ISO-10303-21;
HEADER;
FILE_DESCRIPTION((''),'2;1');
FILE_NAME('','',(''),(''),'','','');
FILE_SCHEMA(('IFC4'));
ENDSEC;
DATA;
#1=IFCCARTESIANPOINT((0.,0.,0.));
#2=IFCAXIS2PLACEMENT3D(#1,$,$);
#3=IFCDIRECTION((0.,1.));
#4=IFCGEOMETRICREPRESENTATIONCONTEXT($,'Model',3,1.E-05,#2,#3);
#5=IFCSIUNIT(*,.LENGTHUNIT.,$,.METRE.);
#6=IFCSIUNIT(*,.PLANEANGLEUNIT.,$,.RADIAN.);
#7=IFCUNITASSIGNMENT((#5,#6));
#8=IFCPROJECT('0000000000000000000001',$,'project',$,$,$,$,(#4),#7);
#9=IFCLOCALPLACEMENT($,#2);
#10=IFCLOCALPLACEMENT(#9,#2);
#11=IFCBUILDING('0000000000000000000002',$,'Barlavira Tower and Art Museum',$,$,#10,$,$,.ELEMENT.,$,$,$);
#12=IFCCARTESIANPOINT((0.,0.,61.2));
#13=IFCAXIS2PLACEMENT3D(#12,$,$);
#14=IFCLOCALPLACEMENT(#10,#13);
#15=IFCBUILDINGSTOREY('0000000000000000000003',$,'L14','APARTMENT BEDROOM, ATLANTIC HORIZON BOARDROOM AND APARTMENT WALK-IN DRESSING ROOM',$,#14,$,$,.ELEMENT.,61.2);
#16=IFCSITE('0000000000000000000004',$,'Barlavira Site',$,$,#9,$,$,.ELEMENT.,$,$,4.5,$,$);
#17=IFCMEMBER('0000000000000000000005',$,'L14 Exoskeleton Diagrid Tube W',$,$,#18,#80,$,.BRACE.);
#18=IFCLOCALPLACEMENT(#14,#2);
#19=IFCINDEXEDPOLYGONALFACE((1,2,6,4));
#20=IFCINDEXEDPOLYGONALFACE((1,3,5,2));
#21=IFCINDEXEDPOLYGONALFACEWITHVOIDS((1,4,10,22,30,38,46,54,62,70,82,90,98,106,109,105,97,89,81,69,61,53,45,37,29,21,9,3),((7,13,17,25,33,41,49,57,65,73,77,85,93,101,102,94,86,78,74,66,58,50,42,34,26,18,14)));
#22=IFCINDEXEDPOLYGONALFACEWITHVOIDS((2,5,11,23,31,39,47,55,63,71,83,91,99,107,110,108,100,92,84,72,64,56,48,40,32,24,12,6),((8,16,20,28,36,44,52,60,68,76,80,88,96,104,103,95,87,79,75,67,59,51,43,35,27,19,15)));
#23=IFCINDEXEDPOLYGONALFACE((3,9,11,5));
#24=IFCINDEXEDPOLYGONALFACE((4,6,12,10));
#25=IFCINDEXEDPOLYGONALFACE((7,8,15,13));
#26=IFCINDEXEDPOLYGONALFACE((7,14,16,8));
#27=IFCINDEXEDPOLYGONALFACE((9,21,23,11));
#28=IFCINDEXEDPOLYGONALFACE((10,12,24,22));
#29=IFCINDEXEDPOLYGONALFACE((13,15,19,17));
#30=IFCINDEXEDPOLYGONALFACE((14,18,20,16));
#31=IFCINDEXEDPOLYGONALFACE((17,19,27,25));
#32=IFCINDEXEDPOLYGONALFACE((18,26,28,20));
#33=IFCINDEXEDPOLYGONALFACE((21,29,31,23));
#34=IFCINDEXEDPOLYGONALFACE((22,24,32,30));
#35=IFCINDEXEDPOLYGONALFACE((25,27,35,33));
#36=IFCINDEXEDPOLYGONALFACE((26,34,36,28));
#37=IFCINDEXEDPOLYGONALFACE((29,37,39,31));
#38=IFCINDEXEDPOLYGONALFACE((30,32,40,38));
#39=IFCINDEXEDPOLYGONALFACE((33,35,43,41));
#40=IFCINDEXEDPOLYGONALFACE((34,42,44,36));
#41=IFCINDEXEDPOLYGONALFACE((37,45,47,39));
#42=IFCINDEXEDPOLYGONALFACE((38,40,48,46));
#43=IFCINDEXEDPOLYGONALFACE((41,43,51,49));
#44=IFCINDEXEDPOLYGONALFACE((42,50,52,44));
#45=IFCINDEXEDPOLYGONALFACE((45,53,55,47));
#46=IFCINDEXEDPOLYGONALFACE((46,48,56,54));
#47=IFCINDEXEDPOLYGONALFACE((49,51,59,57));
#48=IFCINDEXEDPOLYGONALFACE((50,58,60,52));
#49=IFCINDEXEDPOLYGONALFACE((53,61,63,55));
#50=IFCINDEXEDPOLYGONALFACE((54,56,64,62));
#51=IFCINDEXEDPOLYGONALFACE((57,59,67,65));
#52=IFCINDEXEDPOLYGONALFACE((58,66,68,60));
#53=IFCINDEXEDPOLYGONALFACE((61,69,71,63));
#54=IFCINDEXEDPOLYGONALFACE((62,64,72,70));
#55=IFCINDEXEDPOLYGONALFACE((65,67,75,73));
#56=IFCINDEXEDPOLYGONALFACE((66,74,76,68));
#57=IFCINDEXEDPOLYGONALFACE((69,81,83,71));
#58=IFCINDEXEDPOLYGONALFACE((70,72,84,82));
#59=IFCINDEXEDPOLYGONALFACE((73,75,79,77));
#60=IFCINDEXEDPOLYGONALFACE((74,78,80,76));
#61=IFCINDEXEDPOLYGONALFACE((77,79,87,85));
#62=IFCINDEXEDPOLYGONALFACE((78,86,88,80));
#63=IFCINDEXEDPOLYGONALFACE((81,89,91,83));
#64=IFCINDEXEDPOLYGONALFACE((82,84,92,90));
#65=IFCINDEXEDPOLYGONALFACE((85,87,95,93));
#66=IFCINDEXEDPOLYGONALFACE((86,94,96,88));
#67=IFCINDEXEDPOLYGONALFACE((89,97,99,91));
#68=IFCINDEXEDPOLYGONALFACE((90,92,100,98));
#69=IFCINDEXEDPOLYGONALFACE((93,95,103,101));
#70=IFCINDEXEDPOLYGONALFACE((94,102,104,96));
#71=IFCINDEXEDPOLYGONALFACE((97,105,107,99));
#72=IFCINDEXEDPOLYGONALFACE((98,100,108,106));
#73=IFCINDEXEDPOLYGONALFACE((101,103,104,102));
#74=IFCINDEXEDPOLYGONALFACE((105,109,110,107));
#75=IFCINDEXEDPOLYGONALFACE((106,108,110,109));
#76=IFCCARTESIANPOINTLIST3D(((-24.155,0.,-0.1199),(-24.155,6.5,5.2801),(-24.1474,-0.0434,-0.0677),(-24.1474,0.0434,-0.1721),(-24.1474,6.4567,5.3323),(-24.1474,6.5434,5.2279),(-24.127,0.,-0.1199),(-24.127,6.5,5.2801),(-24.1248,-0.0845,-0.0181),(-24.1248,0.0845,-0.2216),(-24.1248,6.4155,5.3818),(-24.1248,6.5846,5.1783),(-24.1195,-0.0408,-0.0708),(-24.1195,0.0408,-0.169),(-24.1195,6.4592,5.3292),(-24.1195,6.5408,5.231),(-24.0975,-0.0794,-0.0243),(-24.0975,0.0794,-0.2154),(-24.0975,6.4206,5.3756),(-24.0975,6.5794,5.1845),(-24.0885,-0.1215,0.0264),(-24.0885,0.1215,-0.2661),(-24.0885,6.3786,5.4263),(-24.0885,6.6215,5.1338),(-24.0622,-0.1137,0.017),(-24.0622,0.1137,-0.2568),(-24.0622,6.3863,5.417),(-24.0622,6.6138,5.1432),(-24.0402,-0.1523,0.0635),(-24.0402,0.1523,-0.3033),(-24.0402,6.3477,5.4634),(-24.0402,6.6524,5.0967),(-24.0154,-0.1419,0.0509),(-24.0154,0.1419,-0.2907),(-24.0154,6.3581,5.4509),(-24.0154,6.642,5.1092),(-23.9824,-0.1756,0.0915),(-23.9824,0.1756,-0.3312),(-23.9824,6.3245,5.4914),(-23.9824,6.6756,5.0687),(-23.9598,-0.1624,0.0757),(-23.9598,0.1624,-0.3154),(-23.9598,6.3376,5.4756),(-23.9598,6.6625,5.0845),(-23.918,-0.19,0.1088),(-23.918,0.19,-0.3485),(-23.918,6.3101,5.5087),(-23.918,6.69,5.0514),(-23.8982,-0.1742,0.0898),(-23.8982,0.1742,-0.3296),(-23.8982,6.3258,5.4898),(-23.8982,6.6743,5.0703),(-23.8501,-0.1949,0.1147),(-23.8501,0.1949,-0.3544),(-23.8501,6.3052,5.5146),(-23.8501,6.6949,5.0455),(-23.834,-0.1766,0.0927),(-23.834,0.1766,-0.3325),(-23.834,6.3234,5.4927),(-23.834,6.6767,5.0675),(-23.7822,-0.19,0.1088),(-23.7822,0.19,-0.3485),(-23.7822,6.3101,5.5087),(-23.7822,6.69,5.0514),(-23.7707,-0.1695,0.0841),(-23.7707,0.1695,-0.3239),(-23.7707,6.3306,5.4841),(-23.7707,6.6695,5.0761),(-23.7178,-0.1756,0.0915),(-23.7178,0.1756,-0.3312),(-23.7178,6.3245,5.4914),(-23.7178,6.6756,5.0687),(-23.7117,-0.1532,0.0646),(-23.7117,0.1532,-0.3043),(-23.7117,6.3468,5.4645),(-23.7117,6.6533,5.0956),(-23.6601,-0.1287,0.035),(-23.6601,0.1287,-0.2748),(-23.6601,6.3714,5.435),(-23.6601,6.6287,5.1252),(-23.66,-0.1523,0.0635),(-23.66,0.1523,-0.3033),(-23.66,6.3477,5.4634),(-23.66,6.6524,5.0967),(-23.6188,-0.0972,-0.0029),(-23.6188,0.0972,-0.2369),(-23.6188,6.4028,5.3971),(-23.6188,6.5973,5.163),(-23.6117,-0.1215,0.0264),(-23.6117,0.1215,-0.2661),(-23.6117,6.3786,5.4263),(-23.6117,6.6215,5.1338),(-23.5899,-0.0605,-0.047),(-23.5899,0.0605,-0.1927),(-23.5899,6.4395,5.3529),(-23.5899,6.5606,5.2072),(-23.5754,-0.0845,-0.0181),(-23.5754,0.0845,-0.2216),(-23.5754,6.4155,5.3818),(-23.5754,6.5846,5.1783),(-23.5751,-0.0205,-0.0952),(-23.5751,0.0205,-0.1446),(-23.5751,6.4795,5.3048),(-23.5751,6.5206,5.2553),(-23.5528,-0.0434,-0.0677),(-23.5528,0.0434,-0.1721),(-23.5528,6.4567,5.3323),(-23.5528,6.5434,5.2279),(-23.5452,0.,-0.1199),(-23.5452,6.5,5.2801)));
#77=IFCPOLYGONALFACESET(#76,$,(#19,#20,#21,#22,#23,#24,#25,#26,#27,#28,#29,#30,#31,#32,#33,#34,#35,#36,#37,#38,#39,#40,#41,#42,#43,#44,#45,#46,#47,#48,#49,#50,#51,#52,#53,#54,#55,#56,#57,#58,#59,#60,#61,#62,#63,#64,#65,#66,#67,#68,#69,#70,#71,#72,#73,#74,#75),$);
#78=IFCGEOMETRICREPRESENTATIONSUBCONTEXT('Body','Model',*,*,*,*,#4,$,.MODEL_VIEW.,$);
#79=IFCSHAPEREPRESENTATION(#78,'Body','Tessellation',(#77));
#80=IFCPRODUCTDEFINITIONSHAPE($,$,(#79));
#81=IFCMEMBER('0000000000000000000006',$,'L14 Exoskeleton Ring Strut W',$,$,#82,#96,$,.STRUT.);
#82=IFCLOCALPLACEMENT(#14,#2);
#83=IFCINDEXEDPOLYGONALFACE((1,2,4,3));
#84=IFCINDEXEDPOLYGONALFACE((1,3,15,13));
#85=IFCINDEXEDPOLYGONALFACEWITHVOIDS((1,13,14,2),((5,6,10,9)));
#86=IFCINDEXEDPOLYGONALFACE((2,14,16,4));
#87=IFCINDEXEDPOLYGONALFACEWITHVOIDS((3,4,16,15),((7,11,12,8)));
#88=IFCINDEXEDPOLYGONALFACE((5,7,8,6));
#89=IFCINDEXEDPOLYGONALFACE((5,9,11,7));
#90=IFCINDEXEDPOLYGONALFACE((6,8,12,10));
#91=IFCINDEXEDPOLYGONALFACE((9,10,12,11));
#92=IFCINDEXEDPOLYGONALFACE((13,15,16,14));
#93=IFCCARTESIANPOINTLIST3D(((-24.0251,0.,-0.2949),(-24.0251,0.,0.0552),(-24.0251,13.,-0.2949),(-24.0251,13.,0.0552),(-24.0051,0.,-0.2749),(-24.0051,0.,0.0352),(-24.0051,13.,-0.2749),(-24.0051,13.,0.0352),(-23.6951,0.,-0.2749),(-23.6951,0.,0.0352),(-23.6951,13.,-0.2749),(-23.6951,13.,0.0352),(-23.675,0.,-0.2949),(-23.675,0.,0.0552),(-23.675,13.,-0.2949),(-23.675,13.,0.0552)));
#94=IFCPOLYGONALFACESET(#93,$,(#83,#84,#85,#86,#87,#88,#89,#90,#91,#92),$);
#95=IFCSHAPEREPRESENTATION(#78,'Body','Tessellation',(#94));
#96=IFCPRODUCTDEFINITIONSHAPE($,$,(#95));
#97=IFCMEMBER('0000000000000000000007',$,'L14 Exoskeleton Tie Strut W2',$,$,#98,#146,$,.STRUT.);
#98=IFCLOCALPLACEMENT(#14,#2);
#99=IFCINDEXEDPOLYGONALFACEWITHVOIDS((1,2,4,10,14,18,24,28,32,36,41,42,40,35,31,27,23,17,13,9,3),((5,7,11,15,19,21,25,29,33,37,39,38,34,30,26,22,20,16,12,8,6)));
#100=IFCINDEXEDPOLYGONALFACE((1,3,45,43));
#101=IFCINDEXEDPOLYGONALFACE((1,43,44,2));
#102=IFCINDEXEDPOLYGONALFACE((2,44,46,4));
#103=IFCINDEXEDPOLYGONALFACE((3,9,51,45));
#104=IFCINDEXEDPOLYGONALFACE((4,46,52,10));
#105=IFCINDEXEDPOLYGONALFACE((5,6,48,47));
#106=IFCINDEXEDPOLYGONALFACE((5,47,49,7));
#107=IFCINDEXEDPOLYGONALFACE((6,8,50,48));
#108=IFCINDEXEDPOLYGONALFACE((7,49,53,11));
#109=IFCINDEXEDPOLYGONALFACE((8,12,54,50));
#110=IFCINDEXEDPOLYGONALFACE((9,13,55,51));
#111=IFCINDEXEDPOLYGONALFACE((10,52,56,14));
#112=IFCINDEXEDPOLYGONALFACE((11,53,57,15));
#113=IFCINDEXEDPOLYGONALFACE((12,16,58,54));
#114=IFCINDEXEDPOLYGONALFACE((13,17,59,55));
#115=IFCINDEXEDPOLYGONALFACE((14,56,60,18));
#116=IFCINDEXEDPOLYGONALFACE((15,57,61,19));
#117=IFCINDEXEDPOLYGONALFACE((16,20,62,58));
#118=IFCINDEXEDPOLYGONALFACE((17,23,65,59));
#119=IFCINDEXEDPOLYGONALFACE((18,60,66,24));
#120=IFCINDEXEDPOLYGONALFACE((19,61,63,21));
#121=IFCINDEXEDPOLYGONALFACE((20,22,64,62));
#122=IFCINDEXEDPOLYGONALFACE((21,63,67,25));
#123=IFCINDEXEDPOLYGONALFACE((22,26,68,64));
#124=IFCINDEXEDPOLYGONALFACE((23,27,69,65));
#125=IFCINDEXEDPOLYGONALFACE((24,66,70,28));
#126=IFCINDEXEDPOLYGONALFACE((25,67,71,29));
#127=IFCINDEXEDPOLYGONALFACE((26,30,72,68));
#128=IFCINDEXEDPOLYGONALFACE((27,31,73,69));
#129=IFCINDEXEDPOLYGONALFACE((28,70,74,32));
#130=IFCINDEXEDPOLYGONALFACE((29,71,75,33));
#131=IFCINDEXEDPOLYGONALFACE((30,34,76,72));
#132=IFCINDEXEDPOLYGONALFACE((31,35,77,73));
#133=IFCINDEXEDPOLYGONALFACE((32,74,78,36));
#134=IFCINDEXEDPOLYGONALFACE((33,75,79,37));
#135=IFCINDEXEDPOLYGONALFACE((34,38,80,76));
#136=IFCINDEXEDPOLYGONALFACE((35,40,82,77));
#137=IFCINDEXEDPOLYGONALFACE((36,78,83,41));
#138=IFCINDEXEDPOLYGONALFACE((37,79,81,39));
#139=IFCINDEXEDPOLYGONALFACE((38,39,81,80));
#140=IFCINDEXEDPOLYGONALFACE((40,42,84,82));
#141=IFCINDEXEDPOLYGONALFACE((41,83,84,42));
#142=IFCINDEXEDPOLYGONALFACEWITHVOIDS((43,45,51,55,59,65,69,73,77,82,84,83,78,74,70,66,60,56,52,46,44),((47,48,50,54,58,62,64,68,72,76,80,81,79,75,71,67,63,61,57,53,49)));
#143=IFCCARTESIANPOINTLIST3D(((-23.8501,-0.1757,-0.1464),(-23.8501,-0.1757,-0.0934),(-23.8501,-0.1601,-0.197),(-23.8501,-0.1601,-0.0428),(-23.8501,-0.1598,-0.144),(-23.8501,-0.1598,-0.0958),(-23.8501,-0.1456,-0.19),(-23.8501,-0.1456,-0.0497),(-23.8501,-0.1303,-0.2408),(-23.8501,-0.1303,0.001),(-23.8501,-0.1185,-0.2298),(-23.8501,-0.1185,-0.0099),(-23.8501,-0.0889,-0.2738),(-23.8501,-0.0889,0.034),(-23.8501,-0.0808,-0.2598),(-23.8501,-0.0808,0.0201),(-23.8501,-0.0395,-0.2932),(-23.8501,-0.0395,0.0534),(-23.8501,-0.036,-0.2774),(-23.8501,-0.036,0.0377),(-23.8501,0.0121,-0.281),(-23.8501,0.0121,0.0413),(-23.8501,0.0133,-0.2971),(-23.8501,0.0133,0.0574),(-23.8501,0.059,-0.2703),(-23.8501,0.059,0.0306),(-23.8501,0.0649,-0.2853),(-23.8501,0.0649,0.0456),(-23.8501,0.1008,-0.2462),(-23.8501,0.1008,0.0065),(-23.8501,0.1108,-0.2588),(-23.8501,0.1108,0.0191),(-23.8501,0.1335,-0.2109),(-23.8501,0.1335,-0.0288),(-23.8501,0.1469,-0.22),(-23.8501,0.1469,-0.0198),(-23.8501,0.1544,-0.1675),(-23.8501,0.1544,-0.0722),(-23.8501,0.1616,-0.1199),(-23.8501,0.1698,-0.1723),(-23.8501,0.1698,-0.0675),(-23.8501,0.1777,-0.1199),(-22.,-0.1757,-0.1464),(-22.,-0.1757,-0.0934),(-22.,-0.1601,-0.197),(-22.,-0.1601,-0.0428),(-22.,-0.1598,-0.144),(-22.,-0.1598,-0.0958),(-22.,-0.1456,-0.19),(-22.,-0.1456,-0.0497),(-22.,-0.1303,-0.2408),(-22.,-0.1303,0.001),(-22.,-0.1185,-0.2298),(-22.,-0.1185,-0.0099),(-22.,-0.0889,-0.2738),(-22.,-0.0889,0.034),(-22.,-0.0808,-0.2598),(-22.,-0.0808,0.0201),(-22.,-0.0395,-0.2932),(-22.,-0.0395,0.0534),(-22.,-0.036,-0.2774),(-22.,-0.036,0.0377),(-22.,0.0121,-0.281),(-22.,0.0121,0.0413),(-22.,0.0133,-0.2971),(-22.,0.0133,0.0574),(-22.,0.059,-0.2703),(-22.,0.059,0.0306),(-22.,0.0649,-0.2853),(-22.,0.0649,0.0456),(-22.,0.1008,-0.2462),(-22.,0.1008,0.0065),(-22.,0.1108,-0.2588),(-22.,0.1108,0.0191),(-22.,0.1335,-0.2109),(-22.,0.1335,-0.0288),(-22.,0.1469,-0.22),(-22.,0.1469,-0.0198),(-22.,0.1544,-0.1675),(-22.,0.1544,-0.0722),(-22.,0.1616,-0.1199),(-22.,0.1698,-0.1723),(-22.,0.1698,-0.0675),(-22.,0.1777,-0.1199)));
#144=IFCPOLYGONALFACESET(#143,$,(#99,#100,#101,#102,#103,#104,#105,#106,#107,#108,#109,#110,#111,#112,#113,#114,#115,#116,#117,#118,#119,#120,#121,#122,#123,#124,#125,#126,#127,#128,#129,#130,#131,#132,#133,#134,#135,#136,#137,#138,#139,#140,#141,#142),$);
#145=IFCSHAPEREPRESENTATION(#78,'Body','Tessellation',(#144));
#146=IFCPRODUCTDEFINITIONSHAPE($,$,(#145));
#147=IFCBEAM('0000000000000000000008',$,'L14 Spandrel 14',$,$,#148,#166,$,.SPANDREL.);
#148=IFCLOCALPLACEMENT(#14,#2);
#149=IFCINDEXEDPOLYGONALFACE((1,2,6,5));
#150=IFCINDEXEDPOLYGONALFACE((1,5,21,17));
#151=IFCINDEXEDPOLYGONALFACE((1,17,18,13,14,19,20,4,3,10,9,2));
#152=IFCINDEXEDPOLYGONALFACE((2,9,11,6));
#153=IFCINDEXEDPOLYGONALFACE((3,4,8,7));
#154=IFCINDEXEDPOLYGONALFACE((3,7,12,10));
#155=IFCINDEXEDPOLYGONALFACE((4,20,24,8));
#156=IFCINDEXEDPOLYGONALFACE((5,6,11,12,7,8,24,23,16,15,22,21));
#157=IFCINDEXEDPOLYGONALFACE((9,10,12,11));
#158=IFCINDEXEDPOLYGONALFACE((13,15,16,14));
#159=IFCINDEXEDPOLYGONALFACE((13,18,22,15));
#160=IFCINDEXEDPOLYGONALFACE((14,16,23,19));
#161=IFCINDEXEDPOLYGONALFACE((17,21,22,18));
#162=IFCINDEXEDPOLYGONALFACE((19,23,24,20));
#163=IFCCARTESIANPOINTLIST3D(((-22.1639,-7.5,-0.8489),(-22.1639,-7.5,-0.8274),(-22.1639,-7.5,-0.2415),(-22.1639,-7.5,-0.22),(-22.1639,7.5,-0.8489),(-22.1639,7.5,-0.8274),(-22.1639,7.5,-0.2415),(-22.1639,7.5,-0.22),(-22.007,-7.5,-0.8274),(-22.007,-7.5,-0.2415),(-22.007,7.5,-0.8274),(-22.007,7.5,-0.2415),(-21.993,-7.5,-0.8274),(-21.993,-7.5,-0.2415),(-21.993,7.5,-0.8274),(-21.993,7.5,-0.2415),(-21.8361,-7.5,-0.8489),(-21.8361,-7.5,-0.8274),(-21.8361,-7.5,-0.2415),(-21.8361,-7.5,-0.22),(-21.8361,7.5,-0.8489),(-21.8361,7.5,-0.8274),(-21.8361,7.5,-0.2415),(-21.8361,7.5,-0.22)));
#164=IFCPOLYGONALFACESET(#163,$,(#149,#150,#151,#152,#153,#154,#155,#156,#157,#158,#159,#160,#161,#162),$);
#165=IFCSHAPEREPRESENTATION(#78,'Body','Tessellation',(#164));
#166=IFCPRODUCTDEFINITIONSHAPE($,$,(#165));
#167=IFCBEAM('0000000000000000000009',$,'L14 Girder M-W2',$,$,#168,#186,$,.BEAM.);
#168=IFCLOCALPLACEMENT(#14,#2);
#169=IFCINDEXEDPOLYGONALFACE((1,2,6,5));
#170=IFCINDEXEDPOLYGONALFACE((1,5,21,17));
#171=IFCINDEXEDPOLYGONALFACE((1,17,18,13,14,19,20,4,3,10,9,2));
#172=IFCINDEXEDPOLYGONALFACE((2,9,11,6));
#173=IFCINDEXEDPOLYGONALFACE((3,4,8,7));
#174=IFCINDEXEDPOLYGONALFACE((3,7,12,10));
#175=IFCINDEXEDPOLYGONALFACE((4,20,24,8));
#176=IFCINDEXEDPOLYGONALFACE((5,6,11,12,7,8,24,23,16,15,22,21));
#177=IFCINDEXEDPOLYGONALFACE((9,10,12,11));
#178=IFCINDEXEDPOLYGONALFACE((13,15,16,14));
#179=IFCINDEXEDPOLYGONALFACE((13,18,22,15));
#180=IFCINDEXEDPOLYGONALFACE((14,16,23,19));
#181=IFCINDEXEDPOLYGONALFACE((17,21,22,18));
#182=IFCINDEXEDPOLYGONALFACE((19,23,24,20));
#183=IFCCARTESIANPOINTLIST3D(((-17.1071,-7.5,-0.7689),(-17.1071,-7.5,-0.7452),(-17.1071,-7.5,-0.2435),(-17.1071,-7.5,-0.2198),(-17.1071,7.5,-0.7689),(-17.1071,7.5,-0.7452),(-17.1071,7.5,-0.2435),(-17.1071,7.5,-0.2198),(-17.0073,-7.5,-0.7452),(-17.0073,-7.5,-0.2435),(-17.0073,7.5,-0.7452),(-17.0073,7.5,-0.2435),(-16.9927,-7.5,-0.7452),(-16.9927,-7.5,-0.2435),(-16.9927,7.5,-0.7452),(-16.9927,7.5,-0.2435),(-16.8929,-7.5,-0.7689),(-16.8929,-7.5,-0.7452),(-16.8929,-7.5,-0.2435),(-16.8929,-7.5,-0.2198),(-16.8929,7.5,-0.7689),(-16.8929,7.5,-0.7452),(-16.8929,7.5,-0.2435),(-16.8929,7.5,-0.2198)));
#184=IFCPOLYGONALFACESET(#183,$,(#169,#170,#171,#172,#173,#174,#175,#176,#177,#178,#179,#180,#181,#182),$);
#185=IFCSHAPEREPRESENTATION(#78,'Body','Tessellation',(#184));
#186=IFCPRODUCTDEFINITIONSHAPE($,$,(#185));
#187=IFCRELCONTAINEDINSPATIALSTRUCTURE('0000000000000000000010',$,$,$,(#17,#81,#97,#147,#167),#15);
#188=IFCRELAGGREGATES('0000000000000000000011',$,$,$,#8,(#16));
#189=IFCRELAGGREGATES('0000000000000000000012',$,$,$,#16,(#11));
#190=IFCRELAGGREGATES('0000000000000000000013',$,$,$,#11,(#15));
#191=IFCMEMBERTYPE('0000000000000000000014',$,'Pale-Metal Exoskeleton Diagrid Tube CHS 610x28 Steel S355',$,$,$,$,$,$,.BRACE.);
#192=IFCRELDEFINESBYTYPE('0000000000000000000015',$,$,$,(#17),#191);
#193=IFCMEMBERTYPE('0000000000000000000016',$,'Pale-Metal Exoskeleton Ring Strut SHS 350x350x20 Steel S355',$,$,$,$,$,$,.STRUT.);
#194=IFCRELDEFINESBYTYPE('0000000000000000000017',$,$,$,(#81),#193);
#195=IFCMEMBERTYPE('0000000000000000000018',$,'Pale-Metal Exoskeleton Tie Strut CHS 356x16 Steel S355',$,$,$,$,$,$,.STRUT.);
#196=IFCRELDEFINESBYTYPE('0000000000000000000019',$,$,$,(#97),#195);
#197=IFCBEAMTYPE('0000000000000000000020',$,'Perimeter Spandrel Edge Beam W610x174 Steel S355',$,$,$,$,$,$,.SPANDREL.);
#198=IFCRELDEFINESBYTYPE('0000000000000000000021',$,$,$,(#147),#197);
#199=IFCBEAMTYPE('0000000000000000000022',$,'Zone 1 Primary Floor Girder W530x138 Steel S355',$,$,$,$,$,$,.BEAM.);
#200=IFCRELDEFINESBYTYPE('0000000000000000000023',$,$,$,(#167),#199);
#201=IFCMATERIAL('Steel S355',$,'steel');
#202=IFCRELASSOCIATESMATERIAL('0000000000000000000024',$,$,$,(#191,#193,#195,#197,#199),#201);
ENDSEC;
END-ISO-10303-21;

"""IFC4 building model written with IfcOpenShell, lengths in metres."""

from ifc_helpers import new_model, si_unit, direction, frame, origin, origin_2d, place, context, subcontext, project, spatial, hollow_rectangle, hollow_circle, i_section, extrude, material, material_profile, profile_set, type_object, element, save


model = new_model("IFC4")

# Units and contexts
model_context = context("Model", 3, precision=1e-05, world=origin(), true_north=direction((0.0, 1.0)))
body_context = subcontext(model_context, "Body", "Model", "MODEL_VIEW")
ifc_project = project(units=[si_unit("LENGTHUNIT", "METRE"), si_unit("PLANEANGLEUNIT", "RADIAN")], contexts=[model_context])

# Site, building, storey
site_placement = place(None, origin())
site = spatial("IfcSite", under=ifc_project, at=site_placement, Name="Barlavira Site", CompositionType="ELEMENT", RefElevation=4.5)
building_placement = place(site_placement, origin())
building = spatial("IfcBuilding", under=site, at=building_placement, Name="Barlavira Tower and Art Museum", CompositionType="ELEMENT")
storey_placement = place(building_placement, frame((0.0, 0.0, 61.2)))
storey = spatial("IfcBuildingStorey", under=building, at=storey_placement, Name="L14", Description="APARTMENT BEDROOM, ATLANTIC HORIZON BOARDROOM AND APARTMENT WALK-IN DRESSING ROOM", CompositionType="ELEMENT", Elevation=61.2)

# Members
ifc_material_1 = material(Name="Steel S355", Category="steel")
ifc_material_profile_1 = material_profile(ifc_material_1, hollow_circle(Radius=0.3049, WallThickness=0.0281, at=origin_2d()), Name="CHS 610.0x28.0")
ifc_profile_set_1 = profile_set([ifc_material_profile_1], Name="Steel S355")
member_type_1 = type_object("IfcMemberType", Name="Pale-Metal Exoskeleton Diagrid Tube CHS 610x28 Steel S355", PredefinedType="BRACE", material=ifc_profile_set_1)
for number, where, z_axis, x_axis, name in (
    (1, (-23.8501, 0.0, -0.1199), (0.0, 0.769196, 0.639013), (-1.0, 0.0, 0.0), "L14 Exoskeleton Diagrid Tube W"),
):
    element("IfcMember", number, at=place(storey_placement, frame(where, z_axis=z_axis, x_axis=x_axis)), inside=storey, type_object=member_type_1, Name=name, PredefinedType="BRACE", context=body_context, shape_type="SweptSolid", body=[
        extrude(hollow_circle(Radius=0.3049, WallThickness=0.0281, at=origin_2d()), origin(), (0.0, 0.0, 1.0), 8.4504),
    ])
ifc_material_profile_2 = material_profile(ifc_material_1, hollow_rectangle(XDim=0.3501, YDim=0.3501, WallThickness=0.02, at=origin_2d()), Name="SHS 350x350x20.0")
ifc_profile_set_2 = profile_set([ifc_material_profile_2], Name="Steel S355")
member_type_2 = type_object("IfcMemberType", Name="Pale-Metal Exoskeleton Ring Strut SHS 350x350x20 Steel S355", PredefinedType="STRUT", material=ifc_profile_set_2)
member_1_placement = place(storey_placement, frame((-23.8501, 0.0, -0.1199), z_axis=(0.0, 1.0, 0.0), x_axis=(-1.0, 0.0, 0.0)))
element("IfcMember", 2, at=member_1_placement, inside=storey, type_object=member_type_2, Name="L14 Exoskeleton Ring Strut W", PredefinedType="STRUT", context=body_context, shape_type="SweptSolid", body=[
    extrude(hollow_rectangle(XDim=0.3501, YDim=0.3501, WallThickness=0.02, at=origin_2d()), origin(), (0.0, 0.0, 1.0), 13.0),
])
ifc_material_profile_3 = material_profile(ifc_material_1, hollow_circle(Radius=0.1777, WallThickness=0.0161, at=origin_2d()), Name="CHS 355.6x16.0")
ifc_profile_set_3 = profile_set([ifc_material_profile_3], Name="Steel S355")
member_type_3 = type_object("IfcMemberType", Name="Pale-Metal Exoskeleton Tie Strut CHS 356x16 Steel S355", PredefinedType="STRUT", material=ifc_profile_set_3)
member_2_placement = place(storey_placement, frame((-23.8501, 0.0, -0.1199), z_axis=(1.0, 0.0, 0.0), x_axis=(0.0, 1.0, 0.0)))
element("IfcMember", 3, at=member_2_placement, inside=storey, type_object=member_type_3, Name="L14 Exoskeleton Tie Strut W2", PredefinedType="STRUT", context=body_context, shape_type="SweptSolid", body=[
    extrude(hollow_circle(Radius=0.1777, WallThickness=0.0161, at=origin_2d()), origin(), (0.0, 0.0, 1.0), 1.8501),
])

# Beams
ifc_material_profile_4 = material_profile(ifc_material_1, i_section(OverallWidth=0.3279, OverallDepth=0.6289, WebThickness=0.0139, FlangeThickness=0.0215, at=origin_2d()), Name="W610x174.0")
ifc_profile_set_4 = profile_set([ifc_material_profile_4], Name="Steel S355")
beam_type_1 = type_object("IfcBeamType", Name="Perimeter Spandrel Edge Beam W610x174 Steel S355", PredefinedType="SPANDREL", material=ifc_profile_set_4)
beam_1_placement = place(storey_placement, frame((-22.0, -7.5, -0.5344), z_axis=(0.0, 1.0, 0.0), x_axis=(-1.0, 0.0, 0.0)))
element("IfcBeam", 4, at=beam_1_placement, inside=storey, type_object=beam_type_1, Name="L14 Spandrel 14", PredefinedType="SPANDREL", context=body_context, shape_type="SweptSolid", body=[
    extrude(i_section(OverallWidth=0.3279, OverallDepth=0.6289, WebThickness=0.0139, FlangeThickness=0.0215, at=origin_2d()), origin(), (0.0, 0.0, 1.0), 15.0),
])
ifc_material_profile_5 = material_profile(ifc_material_1, i_section(OverallWidth=0.2141, OverallDepth=0.5491, WebThickness=0.0146, FlangeThickness=0.0237, at=origin_2d()), Name="W530x138.0")
ifc_profile_set_5 = profile_set([ifc_material_profile_5], Name="Steel S355")
beam_type_2 = type_object("IfcBeamType", Name="Zone 1 Primary Floor Girder W530x138 Steel S355", PredefinedType="BEAM", material=ifc_profile_set_5)
beam_2_placement = place(storey_placement, frame((-17.0, -7.5, -0.4944), z_axis=(0.0, 1.0, 0.0), x_axis=(-1.0, 0.0, 0.0)))
element("IfcBeam", 5, at=beam_2_placement, inside=storey, type_object=beam_type_2, Name="L14 Girder M-W2", PredefinedType="BEAM", context=body_context, shape_type="SweptSolid", body=[
    extrude(i_section(OverallWidth=0.2141, OverallDepth=0.5491, WebThickness=0.0146, FlangeThickness=0.0237, at=origin_2d()), origin(), (0.0, 0.0, 1.0), 15.0),
])

save(model, "model.ifc")
